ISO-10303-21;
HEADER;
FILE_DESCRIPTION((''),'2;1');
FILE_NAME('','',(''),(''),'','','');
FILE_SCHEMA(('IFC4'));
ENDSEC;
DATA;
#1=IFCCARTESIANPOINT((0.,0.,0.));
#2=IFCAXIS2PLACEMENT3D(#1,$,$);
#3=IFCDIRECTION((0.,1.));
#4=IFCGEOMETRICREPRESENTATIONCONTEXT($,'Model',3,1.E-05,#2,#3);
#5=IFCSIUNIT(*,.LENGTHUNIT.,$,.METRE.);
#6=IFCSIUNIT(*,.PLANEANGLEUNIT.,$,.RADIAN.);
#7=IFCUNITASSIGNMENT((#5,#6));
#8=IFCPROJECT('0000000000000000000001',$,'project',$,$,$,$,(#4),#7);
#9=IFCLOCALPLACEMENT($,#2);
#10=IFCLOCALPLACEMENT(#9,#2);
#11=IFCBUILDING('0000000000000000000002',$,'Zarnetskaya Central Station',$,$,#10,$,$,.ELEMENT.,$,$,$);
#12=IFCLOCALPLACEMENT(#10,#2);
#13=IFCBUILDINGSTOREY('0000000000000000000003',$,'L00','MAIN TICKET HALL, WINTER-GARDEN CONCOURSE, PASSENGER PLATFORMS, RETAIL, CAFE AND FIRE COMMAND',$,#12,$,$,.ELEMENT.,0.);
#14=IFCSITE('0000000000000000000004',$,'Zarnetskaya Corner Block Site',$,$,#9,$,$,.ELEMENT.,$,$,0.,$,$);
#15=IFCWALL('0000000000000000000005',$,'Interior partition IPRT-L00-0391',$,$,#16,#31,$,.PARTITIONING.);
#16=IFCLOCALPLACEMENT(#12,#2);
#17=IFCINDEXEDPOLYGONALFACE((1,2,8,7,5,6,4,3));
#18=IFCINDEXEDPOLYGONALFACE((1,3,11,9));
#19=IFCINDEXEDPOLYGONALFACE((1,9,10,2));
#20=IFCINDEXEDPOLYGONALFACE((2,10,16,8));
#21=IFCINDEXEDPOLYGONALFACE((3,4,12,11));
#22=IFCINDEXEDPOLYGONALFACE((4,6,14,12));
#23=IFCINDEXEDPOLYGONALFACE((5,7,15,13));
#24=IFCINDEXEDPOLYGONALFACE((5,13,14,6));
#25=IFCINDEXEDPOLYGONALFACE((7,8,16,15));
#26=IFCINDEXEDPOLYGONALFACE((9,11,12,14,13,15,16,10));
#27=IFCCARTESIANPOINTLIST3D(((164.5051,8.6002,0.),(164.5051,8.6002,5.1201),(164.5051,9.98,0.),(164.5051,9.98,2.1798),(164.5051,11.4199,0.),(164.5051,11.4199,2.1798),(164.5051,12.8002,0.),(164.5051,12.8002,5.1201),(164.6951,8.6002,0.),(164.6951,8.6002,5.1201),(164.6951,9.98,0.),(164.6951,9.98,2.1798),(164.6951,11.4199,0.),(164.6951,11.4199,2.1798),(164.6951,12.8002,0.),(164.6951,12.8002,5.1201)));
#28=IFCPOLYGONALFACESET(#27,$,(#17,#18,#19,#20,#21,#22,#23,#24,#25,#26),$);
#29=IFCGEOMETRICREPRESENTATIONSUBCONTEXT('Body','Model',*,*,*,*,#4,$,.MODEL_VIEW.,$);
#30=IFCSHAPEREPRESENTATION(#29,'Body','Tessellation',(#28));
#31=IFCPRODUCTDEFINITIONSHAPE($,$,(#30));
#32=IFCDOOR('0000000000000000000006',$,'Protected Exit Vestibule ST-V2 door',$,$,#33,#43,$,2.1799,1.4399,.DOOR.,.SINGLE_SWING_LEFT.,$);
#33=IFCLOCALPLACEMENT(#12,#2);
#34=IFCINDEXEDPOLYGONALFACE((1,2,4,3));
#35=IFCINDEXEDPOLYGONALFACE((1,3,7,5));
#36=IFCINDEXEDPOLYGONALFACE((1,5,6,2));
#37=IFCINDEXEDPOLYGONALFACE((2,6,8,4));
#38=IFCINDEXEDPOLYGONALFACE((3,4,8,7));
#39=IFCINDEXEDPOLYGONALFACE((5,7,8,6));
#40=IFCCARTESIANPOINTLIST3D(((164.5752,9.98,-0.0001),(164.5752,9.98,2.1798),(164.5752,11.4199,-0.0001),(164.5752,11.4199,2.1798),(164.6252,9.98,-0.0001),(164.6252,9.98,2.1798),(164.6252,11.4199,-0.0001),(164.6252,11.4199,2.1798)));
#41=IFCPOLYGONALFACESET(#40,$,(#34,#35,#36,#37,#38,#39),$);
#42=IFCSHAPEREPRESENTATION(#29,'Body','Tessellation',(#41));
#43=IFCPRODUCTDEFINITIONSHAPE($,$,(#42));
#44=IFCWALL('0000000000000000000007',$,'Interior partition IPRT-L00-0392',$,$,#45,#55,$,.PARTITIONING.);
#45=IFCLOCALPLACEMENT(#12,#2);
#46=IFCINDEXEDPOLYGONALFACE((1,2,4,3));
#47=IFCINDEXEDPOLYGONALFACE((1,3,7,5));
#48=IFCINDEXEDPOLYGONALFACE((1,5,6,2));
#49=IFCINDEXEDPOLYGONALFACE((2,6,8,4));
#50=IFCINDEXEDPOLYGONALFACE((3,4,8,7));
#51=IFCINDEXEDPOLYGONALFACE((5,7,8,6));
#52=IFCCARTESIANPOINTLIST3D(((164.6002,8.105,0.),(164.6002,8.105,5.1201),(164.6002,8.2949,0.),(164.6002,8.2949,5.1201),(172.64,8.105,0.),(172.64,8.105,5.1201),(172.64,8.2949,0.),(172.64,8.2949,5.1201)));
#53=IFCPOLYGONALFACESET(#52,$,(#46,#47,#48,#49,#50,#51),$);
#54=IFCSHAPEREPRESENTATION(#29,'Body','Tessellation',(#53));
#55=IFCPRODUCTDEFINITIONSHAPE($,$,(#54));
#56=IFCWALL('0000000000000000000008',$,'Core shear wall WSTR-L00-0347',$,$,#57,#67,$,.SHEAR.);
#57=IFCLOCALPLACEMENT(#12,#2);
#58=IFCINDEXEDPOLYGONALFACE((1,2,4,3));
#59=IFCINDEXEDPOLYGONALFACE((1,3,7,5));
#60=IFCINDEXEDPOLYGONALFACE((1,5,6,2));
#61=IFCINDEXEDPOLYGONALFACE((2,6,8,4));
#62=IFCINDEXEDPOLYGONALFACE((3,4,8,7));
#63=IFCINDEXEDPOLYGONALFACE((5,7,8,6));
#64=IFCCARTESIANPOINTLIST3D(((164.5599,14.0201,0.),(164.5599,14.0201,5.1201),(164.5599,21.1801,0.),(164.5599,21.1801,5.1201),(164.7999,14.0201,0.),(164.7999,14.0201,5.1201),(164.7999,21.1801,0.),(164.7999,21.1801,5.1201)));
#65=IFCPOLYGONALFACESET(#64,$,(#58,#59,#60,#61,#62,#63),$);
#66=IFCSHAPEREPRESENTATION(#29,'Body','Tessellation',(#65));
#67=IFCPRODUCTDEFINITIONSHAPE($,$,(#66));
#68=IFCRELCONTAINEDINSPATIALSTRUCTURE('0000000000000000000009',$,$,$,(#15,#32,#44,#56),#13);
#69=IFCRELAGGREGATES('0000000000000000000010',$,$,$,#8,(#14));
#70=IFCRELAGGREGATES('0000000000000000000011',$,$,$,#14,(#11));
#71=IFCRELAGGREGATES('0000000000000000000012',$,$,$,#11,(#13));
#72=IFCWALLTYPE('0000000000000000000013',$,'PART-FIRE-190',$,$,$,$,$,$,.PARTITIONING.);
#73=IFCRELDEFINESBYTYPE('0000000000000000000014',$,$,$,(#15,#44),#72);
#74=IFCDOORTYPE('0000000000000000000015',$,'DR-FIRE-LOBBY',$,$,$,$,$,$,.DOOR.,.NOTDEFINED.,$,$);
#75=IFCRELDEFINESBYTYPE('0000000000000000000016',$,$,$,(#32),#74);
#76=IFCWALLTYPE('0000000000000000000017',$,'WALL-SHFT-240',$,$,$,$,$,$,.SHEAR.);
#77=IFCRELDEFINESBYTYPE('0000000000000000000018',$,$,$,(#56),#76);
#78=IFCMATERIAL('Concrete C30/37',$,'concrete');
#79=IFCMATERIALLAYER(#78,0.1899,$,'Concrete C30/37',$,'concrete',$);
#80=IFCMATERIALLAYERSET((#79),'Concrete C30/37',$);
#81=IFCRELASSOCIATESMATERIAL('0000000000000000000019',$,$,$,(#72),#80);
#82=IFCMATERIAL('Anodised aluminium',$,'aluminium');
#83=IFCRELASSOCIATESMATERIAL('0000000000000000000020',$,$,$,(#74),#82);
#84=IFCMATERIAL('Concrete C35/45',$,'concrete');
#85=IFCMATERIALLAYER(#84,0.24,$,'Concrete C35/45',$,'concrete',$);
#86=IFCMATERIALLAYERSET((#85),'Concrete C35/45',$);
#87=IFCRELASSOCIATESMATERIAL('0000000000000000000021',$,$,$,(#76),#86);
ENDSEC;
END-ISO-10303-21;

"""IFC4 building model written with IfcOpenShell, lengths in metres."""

from ifc_helpers import new_model, si_unit, direction, frame, frame_2d, origin, place, context, subcontext, project, spatial, rectangle, extrude, material, layer, layer_set, type_object, element, fill, save


model = new_model("IFC4")

# Units and contexts
model_context = context("Model", 3, precision=1e-05, world=origin(), true_north=direction((0.0, 1.0)))
body_context = subcontext(model_context, "Body", "Model", "MODEL_VIEW")
ifc_project = project(units=[si_unit("LENGTHUNIT", "METRE"), si_unit("PLANEANGLEUNIT", "RADIAN")], contexts=[model_context])

# Site, building, storey
site_placement = place(None, origin())
site = spatial("IfcSite", under=ifc_project, at=site_placement, Name="Zarnetskaya Corner Block Site", CompositionType="ELEMENT", RefElevation=0.0)
building_placement = place(site_placement, origin())
building = spatial("IfcBuilding", under=site, at=building_placement, Name="Zarnetskaya Central Station", CompositionType="ELEMENT")
storey_placement = place(building_placement, origin())
storey = spatial("IfcBuildingStorey", under=building, at=storey_placement, Name="L00", Description="MAIN TICKET HALL, WINTER-GARDEN CONCOURSE, PASSENGER PLATFORMS, RETAIL, CAFE AND FIRE COMMAND", CompositionType="ELEMENT", Elevation=0.0)

# Shared definitions
ifc_material_1 = material(Name="Anodised aluminium", Category="aluminium")

# Wall, opening, door
ifc_material_2 = material(Name="Concrete C30/37", Category="concrete")
ifc_layer_1 = layer(ifc_material_2, 0.1899, Name="Concrete C30/37", Category="concrete")
ifc_layer_set_1 = layer_set([ifc_layer_1], Name="Concrete C30/37")
wall_type_1 = type_object("IfcWallType", Name="PART-FIRE-190", PredefinedType="PARTITIONING", material=ifc_layer_set_1)
wall_1_placement = place(storey_placement, frame((164.6001, 8.6001, 0.0), z_axis=(0.0, 0.0, 1.0), x_axis=(0.0, 1.0, 0.0)))
wall_1 = element("IfcWall", 1, at=wall_1_placement, inside=storey, type_object=wall_type_1, Name="Interior partition IPRT-L00-0391", PredefinedType="PARTITIONING", context=body_context, shape_type="SweptSolid", body=[
    extrude(rectangle(XDim=4.2, YDim=0.1899, at=frame_2d((2.1001, 0.0))), origin(), (0.0, 0.0, 1.0), 5.1201),
])
opening_1_placement = place(wall_1_placement, frame((1.3799, 0.0, 0.0)))
opening_1 = element("IfcOpeningElement", 2, at=opening_1_placement, cuts=wall_1, PredefinedType="OPENING", context=body_context, shape_type="SweptSolid", body=[
    extrude(rectangle(XDim=1.4399, YDim=2.1799, at=frame_2d((0.72, 1.0898))), frame((0.0, 0.105, 0.0), z_axis=(0.0, -1.0, 0.0), x_axis=(1.0, 0.0, 0.0)), (0.0, 0.0, 1.0), 0.21),
])
door_type_1 = type_object("IfcDoorType", Name="DR-FIRE-LOBBY", OperationType="NOTDEFINED", PredefinedType="DOOR", material=ifc_material_1)
door_1_placement = place(opening_1_placement, origin())
door_1 = element("IfcDoor", 3, at=door_1_placement, inside=storey, type_object=door_type_1, Name="Protected Exit Vestibule ST-V2 door", OperationType="SINGLE_SWING_LEFT", OverallHeight=2.1799, OverallWidth=1.4399, PredefinedType="DOOR", context=body_context, shape_type="SweptSolid", body=[
    extrude(rectangle(XDim=1.4399, YDim=2.1799, at=frame_2d((0.72, 1.0898))), frame((0.0, 0.0249, 0.0), z_axis=(0.0, -1.0, 0.0), x_axis=(1.0, 0.0, 0.0)), (0.0, 0.0, 1.0), 0.05),
])
fill(opening_1, door_1)

# Wall
wall_2_placement = place(storey_placement, frame((164.6001, 8.2, 0.0), z_axis=(0.0, 0.0, 1.0), x_axis=(1.0, 0.0, 0.0)))
element("IfcWall", 4, at=wall_2_placement, inside=storey, type_object=wall_type_1, Name="Interior partition IPRT-L00-0392", PredefinedType="PARTITIONING", context=body_context, shape_type="SweptSolid", body=[
    extrude(rectangle(XDim=8.0398, YDim=0.1899, at=frame_2d((4.02, 0.0))), origin(), (0.0, 0.0, 1.0), 5.1201),
])

# Shared definitions
ifc_material_3 = material(Name="Concrete C35/45", Category="concrete")
ifc_layer_2 = layer(ifc_material_3, 0.24, Name="Concrete C35/45", Category="concrete")
ifc_layer_set_2 = layer_set([ifc_layer_2], Name="Concrete C35/45")
wall_type_2 = type_object("IfcWallType", Name="WALL-SHFT-240", PredefinedType="SHEAR", material=ifc_layer_set_2)

# Wall
wall_3_placement = place(storey_placement, frame((164.6799, 14.02, 0.0), z_axis=(0.0, 0.0, 1.0), x_axis=(0.0, 1.0, 0.0)))
element("IfcWall", 5, at=wall_3_placement, inside=storey, type_object=wall_type_2, Name="Core shear wall WSTR-L00-0347", PredefinedType="SHEAR", context=body_context, shape_type="SweptSolid", body=[
    extrude(rectangle(XDim=7.1599, YDim=0.24, at=frame_2d((3.5801, 0.0))), origin(), (0.0, 0.0, 1.0), 5.1201),
])

save(model, "model.ifc")
